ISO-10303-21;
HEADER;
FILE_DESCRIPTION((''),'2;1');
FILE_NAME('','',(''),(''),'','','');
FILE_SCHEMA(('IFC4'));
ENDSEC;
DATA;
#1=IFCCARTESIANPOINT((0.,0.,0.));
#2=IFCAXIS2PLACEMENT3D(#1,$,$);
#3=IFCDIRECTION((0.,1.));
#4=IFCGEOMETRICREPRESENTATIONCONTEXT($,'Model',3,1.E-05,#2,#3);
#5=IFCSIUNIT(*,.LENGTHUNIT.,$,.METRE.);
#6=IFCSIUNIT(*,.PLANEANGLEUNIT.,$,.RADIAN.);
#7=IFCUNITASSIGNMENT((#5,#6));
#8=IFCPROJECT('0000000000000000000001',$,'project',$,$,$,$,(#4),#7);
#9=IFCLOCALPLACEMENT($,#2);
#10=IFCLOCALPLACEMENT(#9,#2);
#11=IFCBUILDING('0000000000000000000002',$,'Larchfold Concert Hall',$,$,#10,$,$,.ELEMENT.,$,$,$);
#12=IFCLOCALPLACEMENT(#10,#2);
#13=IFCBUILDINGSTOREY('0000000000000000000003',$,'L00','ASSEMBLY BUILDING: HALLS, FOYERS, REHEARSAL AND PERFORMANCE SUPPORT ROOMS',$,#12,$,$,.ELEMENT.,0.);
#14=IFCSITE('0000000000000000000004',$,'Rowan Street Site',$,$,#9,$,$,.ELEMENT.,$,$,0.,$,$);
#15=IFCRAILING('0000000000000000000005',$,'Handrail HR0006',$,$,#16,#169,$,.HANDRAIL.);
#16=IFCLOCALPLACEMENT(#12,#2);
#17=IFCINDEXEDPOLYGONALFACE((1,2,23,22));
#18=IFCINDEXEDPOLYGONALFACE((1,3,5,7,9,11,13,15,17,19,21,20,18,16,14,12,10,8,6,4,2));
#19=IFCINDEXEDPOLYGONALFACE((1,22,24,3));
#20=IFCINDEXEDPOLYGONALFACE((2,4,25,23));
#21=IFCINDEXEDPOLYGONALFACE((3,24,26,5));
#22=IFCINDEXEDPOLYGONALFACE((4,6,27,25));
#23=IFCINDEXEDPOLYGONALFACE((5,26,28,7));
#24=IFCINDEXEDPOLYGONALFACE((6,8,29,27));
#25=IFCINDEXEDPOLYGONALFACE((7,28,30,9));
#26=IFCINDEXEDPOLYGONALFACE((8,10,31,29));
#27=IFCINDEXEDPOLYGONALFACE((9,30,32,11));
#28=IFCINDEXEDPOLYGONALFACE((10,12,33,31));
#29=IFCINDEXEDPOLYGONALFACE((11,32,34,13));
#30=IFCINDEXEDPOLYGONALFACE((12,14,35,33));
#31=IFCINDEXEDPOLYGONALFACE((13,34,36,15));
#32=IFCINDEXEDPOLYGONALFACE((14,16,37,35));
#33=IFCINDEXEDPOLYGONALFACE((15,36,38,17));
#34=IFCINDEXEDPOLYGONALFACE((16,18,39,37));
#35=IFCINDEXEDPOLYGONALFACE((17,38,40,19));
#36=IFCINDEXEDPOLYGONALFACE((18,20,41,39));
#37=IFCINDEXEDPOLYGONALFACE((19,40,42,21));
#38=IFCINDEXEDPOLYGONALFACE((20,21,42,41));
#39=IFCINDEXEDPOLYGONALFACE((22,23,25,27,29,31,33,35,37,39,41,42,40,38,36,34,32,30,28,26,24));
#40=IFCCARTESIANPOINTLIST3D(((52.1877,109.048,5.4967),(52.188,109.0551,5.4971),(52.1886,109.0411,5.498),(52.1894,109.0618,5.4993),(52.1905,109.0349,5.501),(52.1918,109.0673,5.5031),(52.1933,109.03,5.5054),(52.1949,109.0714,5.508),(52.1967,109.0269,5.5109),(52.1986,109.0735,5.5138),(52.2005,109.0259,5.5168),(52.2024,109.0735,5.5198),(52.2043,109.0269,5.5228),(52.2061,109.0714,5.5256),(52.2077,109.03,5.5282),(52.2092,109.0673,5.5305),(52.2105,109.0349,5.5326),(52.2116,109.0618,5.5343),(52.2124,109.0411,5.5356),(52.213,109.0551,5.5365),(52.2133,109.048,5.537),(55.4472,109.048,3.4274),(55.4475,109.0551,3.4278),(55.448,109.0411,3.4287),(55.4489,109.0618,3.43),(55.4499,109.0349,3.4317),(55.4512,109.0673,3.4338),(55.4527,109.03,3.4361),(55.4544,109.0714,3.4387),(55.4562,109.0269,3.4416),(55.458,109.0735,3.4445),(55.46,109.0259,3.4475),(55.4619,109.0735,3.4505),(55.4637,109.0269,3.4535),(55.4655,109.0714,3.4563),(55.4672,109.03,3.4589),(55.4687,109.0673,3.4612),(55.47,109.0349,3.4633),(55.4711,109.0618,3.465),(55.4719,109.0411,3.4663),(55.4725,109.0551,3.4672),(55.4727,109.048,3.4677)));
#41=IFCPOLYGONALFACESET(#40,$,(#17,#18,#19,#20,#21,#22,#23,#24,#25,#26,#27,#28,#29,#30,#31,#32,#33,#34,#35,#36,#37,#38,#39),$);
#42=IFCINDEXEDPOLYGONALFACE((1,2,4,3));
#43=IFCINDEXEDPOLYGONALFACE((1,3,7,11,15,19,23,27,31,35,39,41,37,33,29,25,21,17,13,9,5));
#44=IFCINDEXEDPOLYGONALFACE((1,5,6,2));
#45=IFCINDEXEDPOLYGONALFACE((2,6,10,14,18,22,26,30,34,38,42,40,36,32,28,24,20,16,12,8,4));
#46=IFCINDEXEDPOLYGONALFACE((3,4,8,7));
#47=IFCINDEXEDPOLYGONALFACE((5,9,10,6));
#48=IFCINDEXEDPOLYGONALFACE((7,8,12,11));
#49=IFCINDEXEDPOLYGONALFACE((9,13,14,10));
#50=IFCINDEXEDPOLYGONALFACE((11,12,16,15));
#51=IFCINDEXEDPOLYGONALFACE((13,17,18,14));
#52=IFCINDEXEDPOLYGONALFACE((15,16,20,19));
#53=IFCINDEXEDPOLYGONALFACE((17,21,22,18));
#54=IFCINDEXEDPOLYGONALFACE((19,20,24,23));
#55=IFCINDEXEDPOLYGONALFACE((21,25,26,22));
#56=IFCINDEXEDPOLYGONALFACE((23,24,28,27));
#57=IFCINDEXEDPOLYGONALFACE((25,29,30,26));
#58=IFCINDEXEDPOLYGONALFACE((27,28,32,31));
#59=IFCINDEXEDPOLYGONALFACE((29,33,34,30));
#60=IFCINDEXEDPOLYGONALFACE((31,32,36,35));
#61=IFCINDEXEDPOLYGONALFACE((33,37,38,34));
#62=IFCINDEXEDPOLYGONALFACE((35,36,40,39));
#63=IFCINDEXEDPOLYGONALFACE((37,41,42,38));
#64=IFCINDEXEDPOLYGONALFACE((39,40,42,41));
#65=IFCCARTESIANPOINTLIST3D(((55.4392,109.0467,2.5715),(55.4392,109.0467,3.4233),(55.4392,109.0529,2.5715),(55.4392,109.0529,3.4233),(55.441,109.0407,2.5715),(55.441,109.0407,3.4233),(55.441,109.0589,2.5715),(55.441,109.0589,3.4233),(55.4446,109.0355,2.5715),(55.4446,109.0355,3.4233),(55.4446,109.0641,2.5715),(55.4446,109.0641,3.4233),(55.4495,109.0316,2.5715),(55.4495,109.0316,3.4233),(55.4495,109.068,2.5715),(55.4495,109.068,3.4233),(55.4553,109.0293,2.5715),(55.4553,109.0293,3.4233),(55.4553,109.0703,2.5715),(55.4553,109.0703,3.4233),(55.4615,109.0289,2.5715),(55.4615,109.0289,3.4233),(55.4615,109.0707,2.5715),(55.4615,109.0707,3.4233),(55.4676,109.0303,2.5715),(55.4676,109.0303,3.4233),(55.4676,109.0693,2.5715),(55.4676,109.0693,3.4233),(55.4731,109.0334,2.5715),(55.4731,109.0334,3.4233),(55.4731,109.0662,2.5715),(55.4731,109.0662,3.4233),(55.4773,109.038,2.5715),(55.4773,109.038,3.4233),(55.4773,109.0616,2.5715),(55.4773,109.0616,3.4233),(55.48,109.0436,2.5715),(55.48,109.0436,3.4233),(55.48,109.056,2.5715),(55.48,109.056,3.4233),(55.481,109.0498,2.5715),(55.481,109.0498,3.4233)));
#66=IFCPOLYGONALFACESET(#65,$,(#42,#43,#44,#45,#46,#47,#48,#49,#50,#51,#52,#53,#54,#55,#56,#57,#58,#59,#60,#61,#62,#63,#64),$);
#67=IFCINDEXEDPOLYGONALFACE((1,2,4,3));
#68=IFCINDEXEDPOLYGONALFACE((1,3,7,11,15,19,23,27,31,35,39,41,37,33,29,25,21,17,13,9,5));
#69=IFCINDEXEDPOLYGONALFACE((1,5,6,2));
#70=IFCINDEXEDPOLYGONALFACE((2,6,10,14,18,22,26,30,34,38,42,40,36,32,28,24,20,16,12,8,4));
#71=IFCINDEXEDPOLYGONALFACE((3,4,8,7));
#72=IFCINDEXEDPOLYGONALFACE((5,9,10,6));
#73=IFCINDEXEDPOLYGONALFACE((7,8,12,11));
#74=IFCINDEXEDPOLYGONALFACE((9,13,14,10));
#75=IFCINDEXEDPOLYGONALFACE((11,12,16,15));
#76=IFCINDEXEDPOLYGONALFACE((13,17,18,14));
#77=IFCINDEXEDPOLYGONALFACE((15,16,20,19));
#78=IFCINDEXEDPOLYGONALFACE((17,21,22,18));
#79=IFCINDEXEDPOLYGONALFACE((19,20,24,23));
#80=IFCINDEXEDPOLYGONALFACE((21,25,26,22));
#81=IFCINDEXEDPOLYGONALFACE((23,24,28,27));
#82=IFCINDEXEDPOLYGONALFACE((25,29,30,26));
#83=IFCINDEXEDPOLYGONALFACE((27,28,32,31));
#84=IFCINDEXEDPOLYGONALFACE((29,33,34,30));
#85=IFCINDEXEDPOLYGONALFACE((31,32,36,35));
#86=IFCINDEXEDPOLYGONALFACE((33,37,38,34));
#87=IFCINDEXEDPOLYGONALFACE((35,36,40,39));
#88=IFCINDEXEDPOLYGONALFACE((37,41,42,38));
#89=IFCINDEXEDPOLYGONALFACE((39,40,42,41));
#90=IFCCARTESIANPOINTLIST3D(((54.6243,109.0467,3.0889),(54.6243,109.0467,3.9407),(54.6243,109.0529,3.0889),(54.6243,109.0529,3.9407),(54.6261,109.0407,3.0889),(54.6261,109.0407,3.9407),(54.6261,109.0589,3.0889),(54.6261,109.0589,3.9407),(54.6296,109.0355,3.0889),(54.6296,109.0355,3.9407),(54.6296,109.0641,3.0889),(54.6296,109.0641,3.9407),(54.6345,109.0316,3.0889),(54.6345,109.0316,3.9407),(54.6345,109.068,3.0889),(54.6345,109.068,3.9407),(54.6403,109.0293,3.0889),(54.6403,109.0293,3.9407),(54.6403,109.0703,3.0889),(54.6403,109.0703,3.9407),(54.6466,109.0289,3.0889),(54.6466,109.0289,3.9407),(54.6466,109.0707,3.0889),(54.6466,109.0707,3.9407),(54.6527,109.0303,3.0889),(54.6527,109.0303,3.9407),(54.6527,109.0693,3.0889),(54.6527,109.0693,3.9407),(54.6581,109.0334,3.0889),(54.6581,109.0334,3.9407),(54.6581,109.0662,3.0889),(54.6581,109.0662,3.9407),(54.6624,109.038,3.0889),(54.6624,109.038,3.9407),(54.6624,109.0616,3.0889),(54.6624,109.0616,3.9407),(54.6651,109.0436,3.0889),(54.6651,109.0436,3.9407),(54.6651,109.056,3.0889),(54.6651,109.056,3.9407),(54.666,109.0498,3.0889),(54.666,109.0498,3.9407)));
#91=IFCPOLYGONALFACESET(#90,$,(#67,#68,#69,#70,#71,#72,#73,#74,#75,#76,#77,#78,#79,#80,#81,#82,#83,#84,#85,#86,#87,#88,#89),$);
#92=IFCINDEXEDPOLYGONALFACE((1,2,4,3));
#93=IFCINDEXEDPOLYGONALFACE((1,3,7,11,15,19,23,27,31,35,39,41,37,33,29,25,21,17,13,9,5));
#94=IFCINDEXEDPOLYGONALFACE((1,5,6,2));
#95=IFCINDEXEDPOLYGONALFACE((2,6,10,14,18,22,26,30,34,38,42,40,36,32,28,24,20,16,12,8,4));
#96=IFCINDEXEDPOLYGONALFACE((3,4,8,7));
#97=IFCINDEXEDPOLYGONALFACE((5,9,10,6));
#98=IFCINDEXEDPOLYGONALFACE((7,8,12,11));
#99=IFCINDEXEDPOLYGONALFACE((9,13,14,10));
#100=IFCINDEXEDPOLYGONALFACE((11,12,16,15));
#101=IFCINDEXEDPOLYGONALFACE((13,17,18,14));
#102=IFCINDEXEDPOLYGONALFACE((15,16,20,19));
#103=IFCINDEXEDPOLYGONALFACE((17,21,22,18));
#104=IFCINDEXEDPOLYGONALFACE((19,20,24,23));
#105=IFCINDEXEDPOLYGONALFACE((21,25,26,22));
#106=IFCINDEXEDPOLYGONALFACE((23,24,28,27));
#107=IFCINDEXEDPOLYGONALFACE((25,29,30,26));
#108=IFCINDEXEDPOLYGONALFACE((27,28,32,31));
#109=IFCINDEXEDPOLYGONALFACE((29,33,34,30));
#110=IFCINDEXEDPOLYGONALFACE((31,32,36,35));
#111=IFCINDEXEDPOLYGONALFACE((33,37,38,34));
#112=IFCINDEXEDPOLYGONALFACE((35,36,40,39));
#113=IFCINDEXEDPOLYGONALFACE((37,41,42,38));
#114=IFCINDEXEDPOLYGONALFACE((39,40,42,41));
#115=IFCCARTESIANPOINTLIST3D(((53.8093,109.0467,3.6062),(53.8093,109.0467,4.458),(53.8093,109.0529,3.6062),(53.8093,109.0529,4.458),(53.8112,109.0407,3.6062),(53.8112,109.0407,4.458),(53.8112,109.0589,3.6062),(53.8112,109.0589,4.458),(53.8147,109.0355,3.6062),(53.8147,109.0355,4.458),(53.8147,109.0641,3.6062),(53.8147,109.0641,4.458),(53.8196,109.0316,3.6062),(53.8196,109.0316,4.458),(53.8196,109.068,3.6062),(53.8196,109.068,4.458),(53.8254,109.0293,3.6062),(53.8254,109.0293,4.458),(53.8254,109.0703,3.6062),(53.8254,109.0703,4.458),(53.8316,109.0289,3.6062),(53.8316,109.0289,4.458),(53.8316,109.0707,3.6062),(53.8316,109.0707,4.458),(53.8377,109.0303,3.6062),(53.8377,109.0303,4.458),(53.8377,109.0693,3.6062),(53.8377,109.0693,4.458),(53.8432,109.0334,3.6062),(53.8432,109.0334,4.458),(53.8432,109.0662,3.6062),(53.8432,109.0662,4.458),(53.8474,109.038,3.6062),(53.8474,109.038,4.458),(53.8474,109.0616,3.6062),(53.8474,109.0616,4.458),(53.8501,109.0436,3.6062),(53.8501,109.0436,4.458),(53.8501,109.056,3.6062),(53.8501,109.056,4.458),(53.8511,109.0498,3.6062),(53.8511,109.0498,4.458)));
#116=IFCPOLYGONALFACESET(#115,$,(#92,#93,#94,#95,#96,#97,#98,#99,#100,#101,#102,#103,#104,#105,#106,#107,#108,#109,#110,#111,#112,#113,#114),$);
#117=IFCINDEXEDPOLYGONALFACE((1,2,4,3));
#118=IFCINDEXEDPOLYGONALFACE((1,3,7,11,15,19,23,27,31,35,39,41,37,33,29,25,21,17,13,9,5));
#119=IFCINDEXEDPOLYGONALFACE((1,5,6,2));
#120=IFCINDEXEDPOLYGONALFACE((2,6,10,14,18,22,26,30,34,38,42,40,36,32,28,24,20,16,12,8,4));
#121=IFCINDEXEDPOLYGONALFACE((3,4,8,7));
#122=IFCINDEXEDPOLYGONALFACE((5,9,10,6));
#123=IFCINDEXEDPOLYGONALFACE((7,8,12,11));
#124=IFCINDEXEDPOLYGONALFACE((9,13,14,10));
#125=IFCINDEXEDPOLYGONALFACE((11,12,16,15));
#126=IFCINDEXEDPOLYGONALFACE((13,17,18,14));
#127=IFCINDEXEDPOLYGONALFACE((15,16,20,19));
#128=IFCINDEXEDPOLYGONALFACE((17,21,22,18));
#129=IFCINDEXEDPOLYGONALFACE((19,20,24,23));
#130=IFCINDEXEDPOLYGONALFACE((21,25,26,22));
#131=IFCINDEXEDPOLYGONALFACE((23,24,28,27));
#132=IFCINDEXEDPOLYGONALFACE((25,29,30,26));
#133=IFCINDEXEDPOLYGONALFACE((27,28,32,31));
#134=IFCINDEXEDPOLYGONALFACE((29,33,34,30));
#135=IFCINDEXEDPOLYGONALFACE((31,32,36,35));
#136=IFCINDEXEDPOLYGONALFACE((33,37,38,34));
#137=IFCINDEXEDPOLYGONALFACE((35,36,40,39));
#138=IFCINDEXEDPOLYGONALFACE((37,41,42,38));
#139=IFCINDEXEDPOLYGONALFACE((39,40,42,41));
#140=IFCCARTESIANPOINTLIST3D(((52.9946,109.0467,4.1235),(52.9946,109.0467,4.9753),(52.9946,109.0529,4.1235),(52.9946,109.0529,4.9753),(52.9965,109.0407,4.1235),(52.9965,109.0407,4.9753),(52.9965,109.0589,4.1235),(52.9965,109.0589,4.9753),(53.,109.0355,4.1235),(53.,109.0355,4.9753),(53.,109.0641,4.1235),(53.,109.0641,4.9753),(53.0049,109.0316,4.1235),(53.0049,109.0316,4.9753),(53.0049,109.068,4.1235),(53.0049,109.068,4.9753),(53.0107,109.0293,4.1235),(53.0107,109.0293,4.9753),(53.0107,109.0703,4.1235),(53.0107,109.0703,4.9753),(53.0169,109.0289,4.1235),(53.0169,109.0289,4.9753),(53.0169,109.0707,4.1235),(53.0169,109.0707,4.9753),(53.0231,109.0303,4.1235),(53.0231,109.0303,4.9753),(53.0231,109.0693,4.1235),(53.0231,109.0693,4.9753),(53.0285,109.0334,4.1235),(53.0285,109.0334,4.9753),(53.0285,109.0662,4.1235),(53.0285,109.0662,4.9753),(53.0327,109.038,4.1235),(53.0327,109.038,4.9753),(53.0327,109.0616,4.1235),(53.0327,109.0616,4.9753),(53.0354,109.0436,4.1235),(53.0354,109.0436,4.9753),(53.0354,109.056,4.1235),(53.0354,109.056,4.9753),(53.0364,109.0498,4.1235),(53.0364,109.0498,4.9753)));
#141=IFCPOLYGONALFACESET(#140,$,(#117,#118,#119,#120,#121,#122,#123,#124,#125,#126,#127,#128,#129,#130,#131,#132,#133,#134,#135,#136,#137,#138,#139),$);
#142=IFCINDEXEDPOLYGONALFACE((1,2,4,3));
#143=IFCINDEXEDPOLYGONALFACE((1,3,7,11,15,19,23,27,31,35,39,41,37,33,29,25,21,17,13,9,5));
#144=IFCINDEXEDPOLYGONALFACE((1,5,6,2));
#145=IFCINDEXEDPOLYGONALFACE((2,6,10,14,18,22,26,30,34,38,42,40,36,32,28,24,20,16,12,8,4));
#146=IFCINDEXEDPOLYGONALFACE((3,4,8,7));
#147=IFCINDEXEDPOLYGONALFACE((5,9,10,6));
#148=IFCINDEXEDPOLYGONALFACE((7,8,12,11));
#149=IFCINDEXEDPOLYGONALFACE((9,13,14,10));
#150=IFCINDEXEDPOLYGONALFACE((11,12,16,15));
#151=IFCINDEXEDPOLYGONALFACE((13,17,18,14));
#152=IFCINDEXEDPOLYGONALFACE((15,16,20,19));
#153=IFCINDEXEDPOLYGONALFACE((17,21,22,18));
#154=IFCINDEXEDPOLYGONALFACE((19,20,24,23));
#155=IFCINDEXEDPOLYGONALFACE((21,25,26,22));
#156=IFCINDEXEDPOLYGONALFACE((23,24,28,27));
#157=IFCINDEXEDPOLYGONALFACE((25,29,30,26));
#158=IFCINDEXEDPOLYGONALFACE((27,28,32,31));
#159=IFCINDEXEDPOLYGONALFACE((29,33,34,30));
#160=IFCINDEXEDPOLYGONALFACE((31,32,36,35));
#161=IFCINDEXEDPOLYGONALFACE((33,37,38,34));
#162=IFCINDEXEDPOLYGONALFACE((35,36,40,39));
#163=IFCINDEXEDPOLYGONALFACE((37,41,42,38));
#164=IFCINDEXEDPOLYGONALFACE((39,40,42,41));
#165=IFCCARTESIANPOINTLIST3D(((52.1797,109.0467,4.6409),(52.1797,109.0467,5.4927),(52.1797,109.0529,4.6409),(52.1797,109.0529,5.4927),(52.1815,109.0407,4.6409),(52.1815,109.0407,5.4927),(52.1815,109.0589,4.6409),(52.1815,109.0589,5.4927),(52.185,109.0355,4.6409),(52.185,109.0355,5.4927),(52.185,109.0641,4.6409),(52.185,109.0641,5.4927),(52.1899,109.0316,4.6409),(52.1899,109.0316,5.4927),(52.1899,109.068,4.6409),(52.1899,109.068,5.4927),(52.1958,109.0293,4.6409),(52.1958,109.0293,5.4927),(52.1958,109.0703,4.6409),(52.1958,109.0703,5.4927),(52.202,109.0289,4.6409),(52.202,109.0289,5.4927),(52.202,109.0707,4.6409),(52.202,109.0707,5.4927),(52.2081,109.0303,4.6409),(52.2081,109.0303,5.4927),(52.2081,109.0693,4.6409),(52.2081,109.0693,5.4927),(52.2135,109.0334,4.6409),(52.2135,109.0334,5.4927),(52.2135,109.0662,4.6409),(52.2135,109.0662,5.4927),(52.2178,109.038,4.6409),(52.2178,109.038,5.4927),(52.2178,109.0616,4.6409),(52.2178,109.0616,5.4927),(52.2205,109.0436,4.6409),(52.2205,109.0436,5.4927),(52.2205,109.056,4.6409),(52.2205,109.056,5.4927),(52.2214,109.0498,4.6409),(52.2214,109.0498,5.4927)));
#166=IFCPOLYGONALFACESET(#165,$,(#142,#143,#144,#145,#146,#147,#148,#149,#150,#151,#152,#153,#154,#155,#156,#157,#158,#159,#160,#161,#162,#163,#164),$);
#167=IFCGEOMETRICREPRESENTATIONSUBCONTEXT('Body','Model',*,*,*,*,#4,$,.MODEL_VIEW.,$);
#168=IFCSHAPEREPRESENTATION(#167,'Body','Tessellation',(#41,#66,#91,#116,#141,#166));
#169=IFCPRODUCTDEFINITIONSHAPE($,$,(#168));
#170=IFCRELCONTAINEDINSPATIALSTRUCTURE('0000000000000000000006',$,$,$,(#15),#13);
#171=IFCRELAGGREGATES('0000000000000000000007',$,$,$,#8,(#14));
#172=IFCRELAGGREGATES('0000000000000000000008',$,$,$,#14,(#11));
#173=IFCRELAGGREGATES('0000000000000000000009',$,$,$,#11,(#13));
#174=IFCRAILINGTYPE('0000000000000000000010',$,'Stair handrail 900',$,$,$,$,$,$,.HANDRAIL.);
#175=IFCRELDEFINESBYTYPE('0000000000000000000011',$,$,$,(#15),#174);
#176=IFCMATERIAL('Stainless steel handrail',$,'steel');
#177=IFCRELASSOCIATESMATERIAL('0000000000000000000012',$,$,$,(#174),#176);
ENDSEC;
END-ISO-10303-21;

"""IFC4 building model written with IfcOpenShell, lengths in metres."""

from ifc_helpers import new_model, si_unit, direction, frame, origin, origin_2d, place, context, subcontext, project, spatial, circle, extrude, material, type_object, element, save


model = new_model("IFC4")

# Units and contexts
model_context = context("Model", 3, precision=1e-05, world=origin(), true_north=direction((0.0, 1.0)))
body_context = subcontext(model_context, "Body", "Model", "MODEL_VIEW")
ifc_project = project(units=[si_unit("LENGTHUNIT", "METRE"), si_unit("PLANEANGLEUNIT", "RADIAN")], contexts=[model_context])

# Site, building, storey
site_placement = place(None, origin())
site = spatial("IfcSite", under=ifc_project, at=site_placement, Name="Rowan Street Site", CompositionType="ELEMENT", RefElevation=0.0)
building_placement = place(site_placement, origin())
building = spatial("IfcBuilding", under=site, at=building_placement, Name="Larchfold Concert Hall", CompositionType="ELEMENT")
storey_placement = place(building_placement, origin())
storey = spatial("IfcBuildingStorey", under=building, at=storey_placement, Name="L00", Description="ASSEMBLY BUILDING: HALLS, FOYERS, REHEARSAL AND PERFORMANCE SUPPORT ROOMS", CompositionType="ELEMENT", Elevation=0.0)

# Railing
ifc_material_1 = material(Name="Stainless steel handrail", Category="steel")
railing_type = type_object("IfcRailingType", Name="Stair handrail 900", PredefinedType="HANDRAIL", material=ifc_material_1)
railing_placement = place(storey_placement, frame((55.46, 109.0498, 2.5715)))
element("IfcRailing", 1, at=railing_placement, inside=storey, type_object=railing_type, Name="Handrail HR0006", PredefinedType="HANDRAIL", context=body_context, shape_type="SweptSolid", body=[
    extrude(circle(Radius=0.0239, at=origin_2d()), frame((0.0, 0.0, 0.876), z_axis=(-0.844236, 0.0, 0.535971), x_axis=(0.0, -1.0, 0.0)), (0.0, 0.0, 1.0), 3.8608),
    extrude(circle(Radius=0.021, at=origin_2d()), origin(), (0.0, 0.0, 1.0), 0.8518),
    extrude(circle(Radius=0.021, at=origin_2d()), frame((-0.8149, 0.0, 0.5173)), (0.0, 0.0, 1.0), 0.8518),
    extrude(circle(Radius=0.021, at=origin_2d()), frame((-1.6299, 0.0, 1.0347)), (0.0, 0.0, 1.0), 0.8518),
    extrude(circle(Radius=0.021, at=origin_2d()), frame((-2.4446, 0.0, 1.552)), (0.0, 0.0, 1.0), 0.8518),
    extrude(circle(Radius=0.021, at=origin_2d()), frame((-3.2595, 0.0, 2.0693)), (0.0, 0.0, 1.0), 0.8518),
])

save(model, "model.ifc")
